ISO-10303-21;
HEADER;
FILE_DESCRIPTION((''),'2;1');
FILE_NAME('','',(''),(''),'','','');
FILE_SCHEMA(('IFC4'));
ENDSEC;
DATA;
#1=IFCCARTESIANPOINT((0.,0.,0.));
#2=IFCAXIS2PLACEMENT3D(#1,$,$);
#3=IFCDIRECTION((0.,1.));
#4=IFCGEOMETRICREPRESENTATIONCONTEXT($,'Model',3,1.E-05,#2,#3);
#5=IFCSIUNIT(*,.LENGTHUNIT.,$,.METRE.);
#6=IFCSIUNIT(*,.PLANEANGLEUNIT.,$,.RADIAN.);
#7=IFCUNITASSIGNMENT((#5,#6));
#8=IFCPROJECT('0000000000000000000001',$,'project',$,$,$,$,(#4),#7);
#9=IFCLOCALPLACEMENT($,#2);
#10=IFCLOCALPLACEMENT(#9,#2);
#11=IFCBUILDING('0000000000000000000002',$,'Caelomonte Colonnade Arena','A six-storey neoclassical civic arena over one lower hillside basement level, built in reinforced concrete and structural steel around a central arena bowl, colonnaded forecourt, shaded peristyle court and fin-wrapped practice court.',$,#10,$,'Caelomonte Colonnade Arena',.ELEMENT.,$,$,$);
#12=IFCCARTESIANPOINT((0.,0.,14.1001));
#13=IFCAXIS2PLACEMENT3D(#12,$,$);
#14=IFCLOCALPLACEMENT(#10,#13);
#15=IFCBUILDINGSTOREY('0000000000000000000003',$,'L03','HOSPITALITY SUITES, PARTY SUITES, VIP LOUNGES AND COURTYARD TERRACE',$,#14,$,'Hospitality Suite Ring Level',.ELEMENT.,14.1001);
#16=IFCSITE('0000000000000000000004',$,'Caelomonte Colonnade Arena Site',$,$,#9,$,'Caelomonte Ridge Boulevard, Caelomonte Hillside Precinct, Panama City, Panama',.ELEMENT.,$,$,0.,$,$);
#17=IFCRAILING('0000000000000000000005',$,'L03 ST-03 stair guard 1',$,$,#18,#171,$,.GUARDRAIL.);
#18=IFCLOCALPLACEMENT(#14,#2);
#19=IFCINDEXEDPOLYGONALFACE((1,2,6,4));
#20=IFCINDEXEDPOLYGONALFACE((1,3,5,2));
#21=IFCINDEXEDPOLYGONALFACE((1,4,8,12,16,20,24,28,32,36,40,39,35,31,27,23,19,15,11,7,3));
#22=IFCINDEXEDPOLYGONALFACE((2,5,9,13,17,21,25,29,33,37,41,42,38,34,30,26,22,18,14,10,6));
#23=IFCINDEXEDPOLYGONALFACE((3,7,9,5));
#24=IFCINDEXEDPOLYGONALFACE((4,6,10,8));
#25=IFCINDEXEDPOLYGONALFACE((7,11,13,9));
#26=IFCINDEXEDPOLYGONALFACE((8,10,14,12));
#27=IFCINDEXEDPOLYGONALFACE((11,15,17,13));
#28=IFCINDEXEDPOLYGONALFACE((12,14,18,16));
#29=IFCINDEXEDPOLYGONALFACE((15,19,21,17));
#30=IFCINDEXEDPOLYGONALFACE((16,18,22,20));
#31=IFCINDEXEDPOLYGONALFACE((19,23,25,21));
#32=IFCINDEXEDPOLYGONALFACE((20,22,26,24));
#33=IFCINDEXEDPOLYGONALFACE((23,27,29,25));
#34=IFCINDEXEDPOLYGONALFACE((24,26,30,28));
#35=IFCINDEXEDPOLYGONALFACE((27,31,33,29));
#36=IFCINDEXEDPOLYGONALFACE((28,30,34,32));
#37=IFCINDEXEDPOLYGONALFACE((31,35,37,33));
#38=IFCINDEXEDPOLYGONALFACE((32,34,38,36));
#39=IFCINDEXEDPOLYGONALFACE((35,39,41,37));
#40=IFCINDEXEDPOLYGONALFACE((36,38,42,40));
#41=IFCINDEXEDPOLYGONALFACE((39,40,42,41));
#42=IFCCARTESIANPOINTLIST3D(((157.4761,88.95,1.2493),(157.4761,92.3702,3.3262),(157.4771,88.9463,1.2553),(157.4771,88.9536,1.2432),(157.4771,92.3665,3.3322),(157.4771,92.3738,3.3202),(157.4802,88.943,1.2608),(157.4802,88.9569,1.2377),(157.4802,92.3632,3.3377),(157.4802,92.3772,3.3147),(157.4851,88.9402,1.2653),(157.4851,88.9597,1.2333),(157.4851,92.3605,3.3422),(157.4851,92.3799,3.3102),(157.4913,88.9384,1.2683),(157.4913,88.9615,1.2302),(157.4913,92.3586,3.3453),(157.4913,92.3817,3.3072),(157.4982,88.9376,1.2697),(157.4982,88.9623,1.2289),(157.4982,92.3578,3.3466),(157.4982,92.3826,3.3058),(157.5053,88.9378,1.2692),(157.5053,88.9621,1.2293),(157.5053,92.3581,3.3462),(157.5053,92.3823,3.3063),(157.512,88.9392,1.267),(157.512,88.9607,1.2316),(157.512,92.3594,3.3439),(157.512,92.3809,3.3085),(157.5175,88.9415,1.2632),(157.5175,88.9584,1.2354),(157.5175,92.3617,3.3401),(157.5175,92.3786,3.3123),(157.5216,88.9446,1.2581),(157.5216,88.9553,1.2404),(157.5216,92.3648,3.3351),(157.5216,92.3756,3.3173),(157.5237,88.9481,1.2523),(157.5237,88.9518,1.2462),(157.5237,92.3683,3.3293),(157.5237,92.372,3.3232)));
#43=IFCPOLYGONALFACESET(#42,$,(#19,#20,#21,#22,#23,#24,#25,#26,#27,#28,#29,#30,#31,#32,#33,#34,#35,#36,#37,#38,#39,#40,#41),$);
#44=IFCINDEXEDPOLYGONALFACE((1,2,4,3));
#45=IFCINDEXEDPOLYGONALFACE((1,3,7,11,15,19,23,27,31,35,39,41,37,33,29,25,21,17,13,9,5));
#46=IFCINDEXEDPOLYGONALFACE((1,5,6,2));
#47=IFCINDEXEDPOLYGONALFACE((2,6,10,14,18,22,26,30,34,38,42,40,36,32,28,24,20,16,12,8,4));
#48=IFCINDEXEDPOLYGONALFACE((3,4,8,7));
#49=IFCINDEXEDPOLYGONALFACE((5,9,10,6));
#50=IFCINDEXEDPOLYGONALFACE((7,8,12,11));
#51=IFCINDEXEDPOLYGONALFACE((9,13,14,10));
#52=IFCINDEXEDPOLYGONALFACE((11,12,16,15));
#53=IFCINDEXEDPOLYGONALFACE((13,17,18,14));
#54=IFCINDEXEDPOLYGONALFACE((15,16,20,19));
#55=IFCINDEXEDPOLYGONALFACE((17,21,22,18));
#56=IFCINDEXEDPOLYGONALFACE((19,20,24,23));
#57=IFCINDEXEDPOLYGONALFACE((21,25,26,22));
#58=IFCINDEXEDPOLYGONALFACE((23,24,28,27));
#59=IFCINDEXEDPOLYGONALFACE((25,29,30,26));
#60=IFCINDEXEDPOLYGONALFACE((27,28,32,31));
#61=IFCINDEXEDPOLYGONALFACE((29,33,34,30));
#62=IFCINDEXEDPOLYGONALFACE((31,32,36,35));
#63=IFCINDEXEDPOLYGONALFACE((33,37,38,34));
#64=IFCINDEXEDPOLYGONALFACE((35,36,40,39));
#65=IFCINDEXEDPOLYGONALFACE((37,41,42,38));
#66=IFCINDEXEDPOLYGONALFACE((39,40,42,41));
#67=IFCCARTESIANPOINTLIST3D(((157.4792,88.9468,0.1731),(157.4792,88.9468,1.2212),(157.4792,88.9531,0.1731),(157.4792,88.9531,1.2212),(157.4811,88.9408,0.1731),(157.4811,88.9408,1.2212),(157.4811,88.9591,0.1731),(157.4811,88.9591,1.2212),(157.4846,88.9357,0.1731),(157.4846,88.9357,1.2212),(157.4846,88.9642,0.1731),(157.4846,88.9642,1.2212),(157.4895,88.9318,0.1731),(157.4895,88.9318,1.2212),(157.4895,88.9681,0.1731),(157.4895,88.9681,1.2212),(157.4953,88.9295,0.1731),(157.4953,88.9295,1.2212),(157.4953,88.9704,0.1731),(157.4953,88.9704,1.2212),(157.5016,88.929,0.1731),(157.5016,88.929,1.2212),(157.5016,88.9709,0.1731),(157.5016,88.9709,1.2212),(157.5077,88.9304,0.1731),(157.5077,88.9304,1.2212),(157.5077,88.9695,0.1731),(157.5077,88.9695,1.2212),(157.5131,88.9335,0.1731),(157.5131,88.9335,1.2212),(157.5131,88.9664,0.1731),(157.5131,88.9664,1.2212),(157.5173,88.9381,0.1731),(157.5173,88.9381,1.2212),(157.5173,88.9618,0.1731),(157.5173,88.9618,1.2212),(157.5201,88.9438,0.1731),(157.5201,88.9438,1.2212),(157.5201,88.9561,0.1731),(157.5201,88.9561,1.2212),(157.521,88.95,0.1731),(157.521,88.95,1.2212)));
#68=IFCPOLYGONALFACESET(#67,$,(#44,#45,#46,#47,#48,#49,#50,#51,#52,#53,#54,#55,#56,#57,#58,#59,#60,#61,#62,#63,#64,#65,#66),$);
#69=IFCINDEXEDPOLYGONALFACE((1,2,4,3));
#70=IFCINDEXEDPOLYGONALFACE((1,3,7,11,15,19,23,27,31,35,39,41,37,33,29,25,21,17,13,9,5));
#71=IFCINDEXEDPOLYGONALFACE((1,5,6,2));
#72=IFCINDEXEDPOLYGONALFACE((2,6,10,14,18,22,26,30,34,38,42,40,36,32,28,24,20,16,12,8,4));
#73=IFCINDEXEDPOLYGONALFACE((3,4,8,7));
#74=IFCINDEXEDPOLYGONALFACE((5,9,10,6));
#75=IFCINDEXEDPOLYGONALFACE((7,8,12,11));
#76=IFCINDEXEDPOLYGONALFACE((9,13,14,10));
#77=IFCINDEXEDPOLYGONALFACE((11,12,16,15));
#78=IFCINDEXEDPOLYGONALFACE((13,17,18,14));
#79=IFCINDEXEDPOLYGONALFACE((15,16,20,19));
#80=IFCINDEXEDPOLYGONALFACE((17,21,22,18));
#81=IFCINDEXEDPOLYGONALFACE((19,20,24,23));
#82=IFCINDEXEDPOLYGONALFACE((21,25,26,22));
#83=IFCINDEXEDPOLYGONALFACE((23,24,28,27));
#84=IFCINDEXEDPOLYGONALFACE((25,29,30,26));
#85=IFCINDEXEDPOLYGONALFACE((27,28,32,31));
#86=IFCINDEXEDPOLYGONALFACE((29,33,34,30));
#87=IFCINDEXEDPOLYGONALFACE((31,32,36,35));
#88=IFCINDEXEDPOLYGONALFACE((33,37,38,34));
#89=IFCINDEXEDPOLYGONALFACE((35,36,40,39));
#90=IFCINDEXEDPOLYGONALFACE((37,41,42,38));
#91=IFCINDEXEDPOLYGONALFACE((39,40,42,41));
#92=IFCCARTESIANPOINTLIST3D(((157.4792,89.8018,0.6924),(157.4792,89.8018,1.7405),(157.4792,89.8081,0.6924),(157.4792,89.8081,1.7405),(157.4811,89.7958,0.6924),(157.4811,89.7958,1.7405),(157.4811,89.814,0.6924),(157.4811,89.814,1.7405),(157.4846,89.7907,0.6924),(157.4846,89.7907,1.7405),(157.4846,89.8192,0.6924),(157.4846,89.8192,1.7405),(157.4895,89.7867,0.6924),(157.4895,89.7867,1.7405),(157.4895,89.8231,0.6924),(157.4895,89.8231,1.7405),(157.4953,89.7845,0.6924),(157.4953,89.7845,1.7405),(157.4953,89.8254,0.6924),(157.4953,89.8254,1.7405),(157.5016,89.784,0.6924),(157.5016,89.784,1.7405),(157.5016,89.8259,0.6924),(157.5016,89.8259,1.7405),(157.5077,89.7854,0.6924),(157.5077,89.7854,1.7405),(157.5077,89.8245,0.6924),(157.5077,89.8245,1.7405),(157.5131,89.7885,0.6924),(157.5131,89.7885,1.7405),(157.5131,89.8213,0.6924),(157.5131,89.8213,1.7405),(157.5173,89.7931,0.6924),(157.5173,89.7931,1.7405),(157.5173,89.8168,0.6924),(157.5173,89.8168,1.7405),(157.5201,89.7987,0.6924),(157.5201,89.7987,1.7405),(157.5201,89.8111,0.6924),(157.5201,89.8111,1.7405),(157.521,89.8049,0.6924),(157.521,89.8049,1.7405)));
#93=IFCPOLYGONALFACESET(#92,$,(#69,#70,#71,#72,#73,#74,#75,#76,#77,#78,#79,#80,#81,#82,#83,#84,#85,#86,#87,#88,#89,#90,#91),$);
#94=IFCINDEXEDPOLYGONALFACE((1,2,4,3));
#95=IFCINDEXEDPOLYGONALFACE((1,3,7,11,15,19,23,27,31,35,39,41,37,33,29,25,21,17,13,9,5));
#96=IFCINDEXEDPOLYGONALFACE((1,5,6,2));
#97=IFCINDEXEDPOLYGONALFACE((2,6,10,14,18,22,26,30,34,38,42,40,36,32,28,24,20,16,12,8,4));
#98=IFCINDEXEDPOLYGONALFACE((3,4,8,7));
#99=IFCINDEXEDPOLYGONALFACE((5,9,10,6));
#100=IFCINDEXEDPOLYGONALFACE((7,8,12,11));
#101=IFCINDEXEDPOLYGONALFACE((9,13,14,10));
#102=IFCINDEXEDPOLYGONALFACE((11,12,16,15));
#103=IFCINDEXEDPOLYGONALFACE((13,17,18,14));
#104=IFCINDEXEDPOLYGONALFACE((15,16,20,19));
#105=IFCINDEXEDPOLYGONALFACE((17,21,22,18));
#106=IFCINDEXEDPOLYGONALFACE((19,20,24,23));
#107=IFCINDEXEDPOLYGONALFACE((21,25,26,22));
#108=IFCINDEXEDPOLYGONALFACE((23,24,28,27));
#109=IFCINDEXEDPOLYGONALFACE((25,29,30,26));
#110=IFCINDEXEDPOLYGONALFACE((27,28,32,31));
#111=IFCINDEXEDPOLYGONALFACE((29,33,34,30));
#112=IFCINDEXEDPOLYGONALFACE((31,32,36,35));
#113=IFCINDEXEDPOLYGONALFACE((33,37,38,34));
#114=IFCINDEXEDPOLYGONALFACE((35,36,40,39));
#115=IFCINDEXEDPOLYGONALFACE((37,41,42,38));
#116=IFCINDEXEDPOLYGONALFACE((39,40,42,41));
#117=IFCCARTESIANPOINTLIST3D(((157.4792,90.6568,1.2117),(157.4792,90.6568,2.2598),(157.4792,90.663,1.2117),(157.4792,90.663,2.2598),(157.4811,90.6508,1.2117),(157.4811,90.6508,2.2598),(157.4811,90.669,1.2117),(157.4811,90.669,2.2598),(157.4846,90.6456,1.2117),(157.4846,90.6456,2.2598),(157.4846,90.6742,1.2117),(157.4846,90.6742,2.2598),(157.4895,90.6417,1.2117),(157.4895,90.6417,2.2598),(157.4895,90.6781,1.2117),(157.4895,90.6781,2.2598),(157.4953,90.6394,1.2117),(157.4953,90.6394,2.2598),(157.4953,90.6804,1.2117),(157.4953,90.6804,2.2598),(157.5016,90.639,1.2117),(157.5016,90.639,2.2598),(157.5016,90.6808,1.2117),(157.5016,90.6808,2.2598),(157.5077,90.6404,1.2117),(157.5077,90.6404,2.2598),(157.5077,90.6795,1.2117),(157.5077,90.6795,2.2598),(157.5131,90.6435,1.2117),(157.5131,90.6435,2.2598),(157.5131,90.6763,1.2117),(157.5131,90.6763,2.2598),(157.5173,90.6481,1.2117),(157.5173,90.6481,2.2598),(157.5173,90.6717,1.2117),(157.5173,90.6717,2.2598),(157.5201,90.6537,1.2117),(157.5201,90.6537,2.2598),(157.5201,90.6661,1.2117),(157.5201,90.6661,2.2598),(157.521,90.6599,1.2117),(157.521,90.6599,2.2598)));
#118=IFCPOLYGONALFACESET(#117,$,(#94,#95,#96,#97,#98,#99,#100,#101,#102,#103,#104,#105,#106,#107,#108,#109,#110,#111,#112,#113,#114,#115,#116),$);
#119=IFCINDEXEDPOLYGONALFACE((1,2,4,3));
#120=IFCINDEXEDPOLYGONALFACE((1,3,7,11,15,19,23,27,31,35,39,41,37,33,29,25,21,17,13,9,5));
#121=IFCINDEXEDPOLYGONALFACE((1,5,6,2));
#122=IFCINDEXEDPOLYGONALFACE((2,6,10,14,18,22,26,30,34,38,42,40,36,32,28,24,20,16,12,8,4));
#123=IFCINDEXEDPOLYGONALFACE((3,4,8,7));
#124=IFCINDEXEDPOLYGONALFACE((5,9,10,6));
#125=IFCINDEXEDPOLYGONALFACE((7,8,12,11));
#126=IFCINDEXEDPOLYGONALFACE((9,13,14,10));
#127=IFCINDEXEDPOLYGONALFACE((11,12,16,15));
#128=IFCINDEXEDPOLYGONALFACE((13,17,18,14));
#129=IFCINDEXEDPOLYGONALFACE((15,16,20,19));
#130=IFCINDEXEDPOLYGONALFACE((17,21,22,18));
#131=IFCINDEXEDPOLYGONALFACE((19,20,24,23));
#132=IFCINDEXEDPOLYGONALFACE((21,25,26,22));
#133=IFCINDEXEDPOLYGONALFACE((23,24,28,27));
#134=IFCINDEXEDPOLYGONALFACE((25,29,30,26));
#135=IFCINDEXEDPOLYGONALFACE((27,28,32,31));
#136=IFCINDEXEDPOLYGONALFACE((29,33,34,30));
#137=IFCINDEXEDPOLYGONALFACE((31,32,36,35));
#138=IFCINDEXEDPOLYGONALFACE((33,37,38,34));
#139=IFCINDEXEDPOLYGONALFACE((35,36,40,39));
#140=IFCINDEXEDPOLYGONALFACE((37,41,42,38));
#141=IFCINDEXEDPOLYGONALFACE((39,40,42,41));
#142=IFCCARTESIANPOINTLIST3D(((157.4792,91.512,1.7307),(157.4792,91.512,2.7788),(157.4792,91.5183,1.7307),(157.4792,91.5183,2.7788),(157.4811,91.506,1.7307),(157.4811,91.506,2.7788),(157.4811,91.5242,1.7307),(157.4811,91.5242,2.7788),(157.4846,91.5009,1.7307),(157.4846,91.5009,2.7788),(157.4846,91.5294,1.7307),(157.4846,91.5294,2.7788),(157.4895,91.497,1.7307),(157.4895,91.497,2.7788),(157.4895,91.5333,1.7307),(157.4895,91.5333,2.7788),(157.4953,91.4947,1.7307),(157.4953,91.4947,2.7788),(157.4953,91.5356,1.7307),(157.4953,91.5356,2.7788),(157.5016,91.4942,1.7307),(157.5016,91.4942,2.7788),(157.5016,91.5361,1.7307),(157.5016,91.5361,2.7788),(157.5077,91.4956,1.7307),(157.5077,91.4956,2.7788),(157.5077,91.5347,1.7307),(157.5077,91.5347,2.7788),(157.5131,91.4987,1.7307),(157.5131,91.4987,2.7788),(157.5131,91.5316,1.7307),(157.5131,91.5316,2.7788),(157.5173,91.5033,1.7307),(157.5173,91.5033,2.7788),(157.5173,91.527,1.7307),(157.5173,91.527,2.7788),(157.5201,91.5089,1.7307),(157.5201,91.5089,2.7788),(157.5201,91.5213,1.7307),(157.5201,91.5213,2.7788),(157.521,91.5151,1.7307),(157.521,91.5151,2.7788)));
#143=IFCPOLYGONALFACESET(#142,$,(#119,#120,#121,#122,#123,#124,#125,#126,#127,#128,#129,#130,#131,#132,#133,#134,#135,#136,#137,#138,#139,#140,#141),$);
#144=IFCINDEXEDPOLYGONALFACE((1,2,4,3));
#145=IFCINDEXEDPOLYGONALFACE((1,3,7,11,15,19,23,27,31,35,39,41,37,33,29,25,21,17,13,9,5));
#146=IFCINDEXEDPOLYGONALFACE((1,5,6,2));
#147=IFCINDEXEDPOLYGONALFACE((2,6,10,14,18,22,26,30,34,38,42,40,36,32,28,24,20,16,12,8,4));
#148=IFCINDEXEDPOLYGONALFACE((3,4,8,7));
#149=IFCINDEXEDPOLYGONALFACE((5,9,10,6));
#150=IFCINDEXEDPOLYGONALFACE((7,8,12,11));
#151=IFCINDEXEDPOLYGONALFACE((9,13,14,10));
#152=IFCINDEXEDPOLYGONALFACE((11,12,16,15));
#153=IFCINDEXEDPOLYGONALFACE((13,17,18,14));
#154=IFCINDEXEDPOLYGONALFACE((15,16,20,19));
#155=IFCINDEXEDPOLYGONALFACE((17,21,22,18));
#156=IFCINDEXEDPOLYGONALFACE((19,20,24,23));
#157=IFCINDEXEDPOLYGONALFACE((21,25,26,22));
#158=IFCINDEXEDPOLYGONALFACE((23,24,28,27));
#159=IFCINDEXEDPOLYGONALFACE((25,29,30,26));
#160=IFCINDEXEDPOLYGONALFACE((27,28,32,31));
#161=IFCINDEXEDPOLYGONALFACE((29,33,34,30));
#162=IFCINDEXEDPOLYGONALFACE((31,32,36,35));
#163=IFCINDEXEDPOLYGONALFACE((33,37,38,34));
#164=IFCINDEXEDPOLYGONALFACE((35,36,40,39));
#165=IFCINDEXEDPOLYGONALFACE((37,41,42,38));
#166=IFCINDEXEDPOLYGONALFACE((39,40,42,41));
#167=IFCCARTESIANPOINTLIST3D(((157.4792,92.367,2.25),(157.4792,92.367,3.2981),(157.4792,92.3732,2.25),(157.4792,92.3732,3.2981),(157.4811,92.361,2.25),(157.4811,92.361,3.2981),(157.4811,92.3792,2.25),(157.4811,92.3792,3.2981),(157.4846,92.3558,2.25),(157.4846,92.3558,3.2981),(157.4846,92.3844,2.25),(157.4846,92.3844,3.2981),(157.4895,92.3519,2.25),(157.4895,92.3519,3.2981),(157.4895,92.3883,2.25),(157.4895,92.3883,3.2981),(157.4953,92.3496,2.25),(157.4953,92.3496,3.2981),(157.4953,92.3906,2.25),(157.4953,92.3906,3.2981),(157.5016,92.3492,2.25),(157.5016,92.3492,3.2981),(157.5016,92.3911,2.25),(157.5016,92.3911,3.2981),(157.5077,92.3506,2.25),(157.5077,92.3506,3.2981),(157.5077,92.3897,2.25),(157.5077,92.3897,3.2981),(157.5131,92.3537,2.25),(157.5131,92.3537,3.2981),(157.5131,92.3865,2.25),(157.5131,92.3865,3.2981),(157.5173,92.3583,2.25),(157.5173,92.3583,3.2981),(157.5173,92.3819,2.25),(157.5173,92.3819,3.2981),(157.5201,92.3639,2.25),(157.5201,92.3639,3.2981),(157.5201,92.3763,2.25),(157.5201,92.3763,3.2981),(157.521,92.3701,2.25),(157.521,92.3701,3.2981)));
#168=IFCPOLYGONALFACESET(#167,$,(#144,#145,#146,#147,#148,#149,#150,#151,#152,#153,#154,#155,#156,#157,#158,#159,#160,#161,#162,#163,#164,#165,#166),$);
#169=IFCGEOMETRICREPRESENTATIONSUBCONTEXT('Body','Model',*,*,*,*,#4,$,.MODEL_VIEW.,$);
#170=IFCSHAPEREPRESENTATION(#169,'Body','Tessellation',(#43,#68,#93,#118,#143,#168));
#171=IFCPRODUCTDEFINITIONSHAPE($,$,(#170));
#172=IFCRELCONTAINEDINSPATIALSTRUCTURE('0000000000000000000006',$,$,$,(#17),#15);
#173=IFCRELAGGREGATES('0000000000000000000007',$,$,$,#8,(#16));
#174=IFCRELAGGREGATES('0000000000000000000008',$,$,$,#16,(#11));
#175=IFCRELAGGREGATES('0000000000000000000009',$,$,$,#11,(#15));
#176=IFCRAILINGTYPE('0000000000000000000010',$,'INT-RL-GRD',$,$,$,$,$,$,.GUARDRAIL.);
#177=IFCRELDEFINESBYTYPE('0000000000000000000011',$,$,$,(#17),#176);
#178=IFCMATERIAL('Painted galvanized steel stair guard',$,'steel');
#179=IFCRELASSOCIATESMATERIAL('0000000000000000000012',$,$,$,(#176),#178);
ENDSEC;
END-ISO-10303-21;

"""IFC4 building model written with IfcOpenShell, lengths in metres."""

from ifc_helpers import new_model, si_unit, direction, frame, origin, origin_2d, place, context, subcontext, project, spatial, circle, extrude, material, type_object, element, save


model = new_model("IFC4")

# Units and contexts
model_context = context("Model", 3, precision=1e-05, world=origin(), true_north=direction((0.0, 1.0)))
body_context = subcontext(model_context, "Body", "Model", "MODEL_VIEW")
ifc_project = project(units=[si_unit("LENGTHUNIT", "METRE"), si_unit("PLANEANGLEUNIT", "RADIAN")], contexts=[model_context])

# Site, building, storey
site_placement = place(None, origin())
site = spatial("IfcSite", under=ifc_project, at=site_placement, Name="Caelomonte Colonnade Arena Site", LongName="Caelomonte Ridge Boulevard, Caelomonte Hillside Precinct, Panama City, Panama", CompositionType="ELEMENT", RefElevation=0.0)
building_placement = place(site_placement, origin())
building = spatial("IfcBuilding", under=site, at=building_placement, Name="Caelomonte Colonnade Arena", Description="A six-storey neoclassical civic arena over one lower hillside basement level, built in reinforced concrete and structural steel around a central arena bowl, colonnaded forecourt, shaded peristyle court and fin-wrapped practice court.", LongName="Caelomonte Colonnade Arena", CompositionType="ELEMENT")
storey_placement = place(building_placement, frame((0.0, 0.0, 14.1001)))
storey = spatial("IfcBuildingStorey", under=building, at=storey_placement, Name="L03", Description="HOSPITALITY SUITES, PARTY SUITES, VIP LOUNGES AND COURTYARD TERRACE", LongName="Hospitality Suite Ring Level", CompositionType="ELEMENT", Elevation=14.1001)

# Railing
ifc_material_1 = material(Name="Painted galvanized steel stair guard", Category="steel")
railing_type_1 = type_object("IfcRailingType", Name="INT-RL-GRD", PredefinedType="GUARDRAIL", material=ifc_material_1)
railing_1_placement = place(storey_placement, frame((157.5, 88.95, 0.1731)))
element("IfcRailing", 1, at=railing_1_placement, inside=storey, type_object=railing_type_1, Name="L03 ST-03 stair guard 1", PredefinedType="GUARDRAIL", context=body_context, shape_type="SweptSolid", body=[
    extrude(circle(Radius=0.0239, at=origin_2d()), frame((0.0, 0.0, 1.0762), z_axis=(0.0, 0.854746, 0.519047), x_axis=(-1.0, 0.0, 0.0)), (0.0, 0.0, 1.0), 4.0015),
    extrude(circle(Radius=0.021, at=origin_2d()), origin(), (0.0, 0.0, 1.0), 1.0481),
    extrude(circle(Radius=0.021, at=origin_2d()), frame((0.0, 0.855, 0.5193)), (0.0, 0.0, 1.0), 1.0481),
    extrude(circle(Radius=0.021, at=origin_2d()), frame((0.0, 1.71, 1.0386)), (0.0, 0.0, 1.0), 1.0481),
    extrude(circle(Radius=0.021, at=origin_2d()), frame((0.0, 2.5652, 1.5576)), (0.0, 0.0, 1.0), 1.0481),
    extrude(circle(Radius=0.021, at=origin_2d()), frame((0.0, 3.4202, 2.0769)), (0.0, 0.0, 1.0), 1.0481),
])

save(model, "model.ifc")
